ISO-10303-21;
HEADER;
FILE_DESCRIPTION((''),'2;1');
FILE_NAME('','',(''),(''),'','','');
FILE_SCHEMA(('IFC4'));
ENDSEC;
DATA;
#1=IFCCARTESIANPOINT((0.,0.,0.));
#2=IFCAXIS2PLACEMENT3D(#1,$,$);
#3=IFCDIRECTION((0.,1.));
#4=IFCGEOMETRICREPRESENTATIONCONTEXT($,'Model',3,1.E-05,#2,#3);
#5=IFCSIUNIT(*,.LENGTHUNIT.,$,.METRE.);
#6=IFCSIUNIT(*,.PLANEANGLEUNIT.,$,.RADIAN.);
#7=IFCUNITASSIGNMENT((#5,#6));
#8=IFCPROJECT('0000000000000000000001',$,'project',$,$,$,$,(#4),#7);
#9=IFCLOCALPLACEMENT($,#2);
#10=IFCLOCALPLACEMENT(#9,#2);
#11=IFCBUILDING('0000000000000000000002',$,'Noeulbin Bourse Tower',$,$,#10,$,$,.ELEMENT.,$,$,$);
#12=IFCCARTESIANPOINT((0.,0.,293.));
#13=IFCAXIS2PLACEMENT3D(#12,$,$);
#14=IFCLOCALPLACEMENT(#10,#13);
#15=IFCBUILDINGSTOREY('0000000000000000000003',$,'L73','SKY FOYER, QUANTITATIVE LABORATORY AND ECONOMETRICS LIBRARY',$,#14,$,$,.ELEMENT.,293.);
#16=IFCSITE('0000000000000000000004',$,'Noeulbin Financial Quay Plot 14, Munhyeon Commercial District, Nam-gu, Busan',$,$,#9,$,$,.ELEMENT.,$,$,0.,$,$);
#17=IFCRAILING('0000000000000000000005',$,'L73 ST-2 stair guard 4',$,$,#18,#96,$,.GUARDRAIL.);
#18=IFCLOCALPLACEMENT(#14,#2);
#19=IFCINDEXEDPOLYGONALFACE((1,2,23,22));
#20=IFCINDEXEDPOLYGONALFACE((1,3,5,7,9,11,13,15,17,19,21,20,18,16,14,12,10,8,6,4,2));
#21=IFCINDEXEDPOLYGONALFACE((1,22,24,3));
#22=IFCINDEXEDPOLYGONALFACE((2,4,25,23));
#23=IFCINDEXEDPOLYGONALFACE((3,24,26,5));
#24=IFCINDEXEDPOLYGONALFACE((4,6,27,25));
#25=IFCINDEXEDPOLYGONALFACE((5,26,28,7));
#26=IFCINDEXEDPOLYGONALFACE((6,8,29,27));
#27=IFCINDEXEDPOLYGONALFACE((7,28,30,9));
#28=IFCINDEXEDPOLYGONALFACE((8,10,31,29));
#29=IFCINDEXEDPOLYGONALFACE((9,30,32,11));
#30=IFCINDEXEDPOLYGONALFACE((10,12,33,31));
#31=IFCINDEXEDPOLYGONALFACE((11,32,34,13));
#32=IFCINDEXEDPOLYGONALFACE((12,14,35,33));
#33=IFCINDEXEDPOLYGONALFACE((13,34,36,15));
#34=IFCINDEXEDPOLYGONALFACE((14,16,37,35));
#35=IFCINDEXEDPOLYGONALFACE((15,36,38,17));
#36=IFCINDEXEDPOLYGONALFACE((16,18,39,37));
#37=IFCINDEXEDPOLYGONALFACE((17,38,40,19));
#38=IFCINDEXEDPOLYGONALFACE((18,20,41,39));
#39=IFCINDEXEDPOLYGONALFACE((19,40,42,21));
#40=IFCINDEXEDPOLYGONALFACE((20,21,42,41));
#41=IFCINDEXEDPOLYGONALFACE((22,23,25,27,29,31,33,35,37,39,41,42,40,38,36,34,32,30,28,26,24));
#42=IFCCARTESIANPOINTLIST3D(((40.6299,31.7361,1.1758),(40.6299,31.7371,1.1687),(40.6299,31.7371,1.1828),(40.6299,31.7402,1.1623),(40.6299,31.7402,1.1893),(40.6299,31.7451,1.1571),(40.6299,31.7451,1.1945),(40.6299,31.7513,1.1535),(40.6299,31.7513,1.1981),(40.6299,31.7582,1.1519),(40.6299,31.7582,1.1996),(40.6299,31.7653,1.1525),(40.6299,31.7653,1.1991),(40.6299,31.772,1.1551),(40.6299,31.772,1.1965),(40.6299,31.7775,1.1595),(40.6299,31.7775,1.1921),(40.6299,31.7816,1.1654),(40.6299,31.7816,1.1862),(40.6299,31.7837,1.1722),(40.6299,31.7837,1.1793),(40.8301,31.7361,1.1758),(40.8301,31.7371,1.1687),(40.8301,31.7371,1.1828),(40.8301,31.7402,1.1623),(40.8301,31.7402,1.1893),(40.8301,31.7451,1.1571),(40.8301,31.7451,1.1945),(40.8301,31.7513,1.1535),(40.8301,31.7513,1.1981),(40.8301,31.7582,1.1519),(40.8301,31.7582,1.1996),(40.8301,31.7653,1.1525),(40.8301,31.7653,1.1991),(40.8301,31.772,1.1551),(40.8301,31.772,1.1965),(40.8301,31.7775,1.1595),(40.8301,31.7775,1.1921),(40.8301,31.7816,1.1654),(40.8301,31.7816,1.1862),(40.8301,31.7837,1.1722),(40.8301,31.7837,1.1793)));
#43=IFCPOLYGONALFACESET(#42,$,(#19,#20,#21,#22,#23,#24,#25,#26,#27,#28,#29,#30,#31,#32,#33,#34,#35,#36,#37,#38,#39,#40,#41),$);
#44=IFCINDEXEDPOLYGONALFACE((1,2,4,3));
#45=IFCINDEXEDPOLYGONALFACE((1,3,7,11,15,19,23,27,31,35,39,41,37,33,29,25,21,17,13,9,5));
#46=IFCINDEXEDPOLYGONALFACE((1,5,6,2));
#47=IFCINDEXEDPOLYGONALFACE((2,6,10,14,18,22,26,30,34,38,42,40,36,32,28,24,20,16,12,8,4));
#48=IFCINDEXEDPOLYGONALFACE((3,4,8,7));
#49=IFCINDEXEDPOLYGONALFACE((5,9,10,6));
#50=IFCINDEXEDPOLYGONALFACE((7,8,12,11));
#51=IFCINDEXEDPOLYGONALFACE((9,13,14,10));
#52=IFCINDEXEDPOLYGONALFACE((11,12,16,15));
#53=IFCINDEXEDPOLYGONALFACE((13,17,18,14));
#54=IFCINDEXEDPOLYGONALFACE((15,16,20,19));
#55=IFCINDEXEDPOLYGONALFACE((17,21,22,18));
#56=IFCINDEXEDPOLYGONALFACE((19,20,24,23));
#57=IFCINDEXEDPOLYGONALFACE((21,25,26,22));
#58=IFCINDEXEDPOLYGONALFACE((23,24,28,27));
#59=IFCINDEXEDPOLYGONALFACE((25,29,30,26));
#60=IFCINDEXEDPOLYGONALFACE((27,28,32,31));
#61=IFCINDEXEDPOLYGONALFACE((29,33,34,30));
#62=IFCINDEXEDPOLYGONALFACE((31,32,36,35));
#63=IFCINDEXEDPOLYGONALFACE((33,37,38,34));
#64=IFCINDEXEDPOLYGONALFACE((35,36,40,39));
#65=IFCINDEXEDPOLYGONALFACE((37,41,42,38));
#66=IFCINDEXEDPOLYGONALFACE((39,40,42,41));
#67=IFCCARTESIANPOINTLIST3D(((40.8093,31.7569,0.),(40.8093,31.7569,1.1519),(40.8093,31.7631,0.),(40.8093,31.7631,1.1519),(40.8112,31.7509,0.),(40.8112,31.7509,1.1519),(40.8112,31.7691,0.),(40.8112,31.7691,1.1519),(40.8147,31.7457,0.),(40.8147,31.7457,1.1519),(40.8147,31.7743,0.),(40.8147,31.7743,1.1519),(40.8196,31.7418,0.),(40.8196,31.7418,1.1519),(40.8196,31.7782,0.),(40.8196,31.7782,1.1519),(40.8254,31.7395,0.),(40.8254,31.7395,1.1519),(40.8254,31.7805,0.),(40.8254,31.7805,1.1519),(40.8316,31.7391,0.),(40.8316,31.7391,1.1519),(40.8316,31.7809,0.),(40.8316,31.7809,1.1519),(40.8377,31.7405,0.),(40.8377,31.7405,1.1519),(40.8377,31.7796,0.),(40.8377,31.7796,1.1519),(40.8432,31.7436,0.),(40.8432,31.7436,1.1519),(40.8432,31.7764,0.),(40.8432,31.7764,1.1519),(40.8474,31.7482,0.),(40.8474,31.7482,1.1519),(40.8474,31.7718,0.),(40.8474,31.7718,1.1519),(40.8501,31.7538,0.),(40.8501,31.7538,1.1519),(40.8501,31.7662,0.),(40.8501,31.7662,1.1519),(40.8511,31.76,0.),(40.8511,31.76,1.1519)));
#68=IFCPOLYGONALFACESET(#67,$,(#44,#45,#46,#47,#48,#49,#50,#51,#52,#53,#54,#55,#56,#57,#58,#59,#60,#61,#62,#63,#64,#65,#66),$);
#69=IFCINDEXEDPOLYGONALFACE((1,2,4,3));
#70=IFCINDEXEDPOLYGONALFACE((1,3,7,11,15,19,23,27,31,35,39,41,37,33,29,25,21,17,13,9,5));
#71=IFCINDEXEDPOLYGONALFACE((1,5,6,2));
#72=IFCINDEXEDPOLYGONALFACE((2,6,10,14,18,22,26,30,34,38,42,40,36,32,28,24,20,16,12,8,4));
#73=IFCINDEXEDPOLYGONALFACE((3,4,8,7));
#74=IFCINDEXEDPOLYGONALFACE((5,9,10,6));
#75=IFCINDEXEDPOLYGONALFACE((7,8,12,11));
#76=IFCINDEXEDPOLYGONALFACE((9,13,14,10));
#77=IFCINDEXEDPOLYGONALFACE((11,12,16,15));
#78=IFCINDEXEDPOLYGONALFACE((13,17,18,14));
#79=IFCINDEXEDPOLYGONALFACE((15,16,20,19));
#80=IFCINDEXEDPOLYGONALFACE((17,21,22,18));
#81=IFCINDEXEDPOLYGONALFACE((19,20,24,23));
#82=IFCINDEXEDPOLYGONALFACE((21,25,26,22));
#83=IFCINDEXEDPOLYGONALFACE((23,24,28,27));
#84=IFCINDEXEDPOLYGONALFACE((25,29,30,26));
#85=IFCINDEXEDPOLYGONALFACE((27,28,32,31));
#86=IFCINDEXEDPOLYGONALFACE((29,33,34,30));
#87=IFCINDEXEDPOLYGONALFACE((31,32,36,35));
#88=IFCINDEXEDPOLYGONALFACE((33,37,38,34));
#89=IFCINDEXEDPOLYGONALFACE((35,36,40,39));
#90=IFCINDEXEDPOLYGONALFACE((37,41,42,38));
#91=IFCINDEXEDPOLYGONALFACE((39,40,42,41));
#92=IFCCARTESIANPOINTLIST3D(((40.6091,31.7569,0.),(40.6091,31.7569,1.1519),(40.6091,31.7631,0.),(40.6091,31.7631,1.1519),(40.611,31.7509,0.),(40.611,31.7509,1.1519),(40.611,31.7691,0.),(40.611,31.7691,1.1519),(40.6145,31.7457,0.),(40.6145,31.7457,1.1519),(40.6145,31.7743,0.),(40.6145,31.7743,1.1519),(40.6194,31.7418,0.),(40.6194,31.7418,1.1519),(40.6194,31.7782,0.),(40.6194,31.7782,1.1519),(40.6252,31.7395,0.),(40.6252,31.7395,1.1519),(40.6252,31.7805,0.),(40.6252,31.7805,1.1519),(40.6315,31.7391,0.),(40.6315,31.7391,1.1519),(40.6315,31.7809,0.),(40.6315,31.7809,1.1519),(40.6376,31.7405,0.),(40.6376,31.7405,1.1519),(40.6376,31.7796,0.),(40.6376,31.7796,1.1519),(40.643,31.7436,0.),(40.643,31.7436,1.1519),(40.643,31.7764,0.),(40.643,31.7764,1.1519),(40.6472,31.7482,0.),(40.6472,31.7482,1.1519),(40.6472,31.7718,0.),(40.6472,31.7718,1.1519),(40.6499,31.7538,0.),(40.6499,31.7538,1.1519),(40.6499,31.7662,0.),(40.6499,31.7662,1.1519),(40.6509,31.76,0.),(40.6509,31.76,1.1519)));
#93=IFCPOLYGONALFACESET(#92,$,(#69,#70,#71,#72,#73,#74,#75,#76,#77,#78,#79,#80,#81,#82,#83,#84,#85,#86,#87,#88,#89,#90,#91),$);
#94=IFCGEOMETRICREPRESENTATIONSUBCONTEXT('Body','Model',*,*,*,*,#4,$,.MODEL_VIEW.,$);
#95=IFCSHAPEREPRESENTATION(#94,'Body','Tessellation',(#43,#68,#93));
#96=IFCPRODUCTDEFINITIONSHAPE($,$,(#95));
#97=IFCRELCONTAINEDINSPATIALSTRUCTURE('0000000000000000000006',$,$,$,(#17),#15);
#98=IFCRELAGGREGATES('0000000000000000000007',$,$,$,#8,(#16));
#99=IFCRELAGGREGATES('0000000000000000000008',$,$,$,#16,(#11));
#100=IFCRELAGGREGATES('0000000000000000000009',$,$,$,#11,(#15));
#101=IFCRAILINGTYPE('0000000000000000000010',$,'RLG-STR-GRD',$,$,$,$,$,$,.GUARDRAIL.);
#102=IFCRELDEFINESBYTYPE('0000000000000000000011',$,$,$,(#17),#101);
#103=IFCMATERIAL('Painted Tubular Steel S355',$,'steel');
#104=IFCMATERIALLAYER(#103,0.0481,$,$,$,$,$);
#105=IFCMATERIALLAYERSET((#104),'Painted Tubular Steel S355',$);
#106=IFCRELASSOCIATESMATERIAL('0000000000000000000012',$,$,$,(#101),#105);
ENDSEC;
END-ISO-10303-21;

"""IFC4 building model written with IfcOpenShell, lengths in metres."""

from ifc_helpers import new_model, si_unit, direction, frame, origin, origin_2d, place, context, subcontext, project, spatial, circle, extrude, material, layer, layer_set, type_object, element, save


model = new_model("IFC4")

# Units and contexts
model_context = context("Model", 3, precision=1e-05, world=origin(), true_north=direction((0.0, 1.0)))
body_context = subcontext(model_context, "Body", "Model", "MODEL_VIEW")
ifc_project = project(units=[si_unit("LENGTHUNIT", "METRE"), si_unit("PLANEANGLEUNIT", "RADIAN")], contexts=[model_context])

# Site, building, storey
site_placement = place(None, origin())
site = spatial("IfcSite", under=ifc_project, at=site_placement, Name="Noeulbin Financial Quay Plot 14, Munhyeon Commercial District, Nam-gu, Busan", CompositionType="ELEMENT", RefElevation=0.0)
building_placement = place(site_placement, origin())
building = spatial("IfcBuilding", under=site, at=building_placement, Name="Noeulbin Bourse Tower", CompositionType="ELEMENT")
storey_placement = place(building_placement, frame((0.0, 0.0, 293.0)))
storey = spatial("IfcBuildingStorey", under=building, at=storey_placement, Name="L73", Description="SKY FOYER, QUANTITATIVE LABORATORY AND ECONOMETRICS LIBRARY", CompositionType="ELEMENT", Elevation=293.0)

# Railing
ifc_material_1 = material(Name="Painted Tubular Steel S355", Category="steel")
ifc_layer_1 = layer(ifc_material_1, 0.0481)
ifc_layer_set_1 = layer_set([ifc_layer_1], Name="Painted Tubular Steel S355")
railing_type_1 = type_object("IfcRailingType", Name="RLG-STR-GRD", PredefinedType="GUARDRAIL", material=ifc_layer_set_1)
railing_1_placement = place(storey_placement, frame((40.8301, 31.76, 0.0)))
element("IfcRailing", 1, at=railing_1_placement, inside=storey, type_object=railing_type_1, Name="L73 ST-2 stair guard 4", PredefinedType="GUARDRAIL", context=body_context, shape_type="SweptSolid", body=[
    extrude(circle(Radius=0.0239, at=origin_2d()), frame((0.0, 0.0, 1.1758), z_axis=(-1.0, 0.0, 0.0), x_axis=(0.0, -1.0, 0.0)), (0.0, 0.0, 1.0), 0.2002),
    extrude(circle(Radius=0.021, at=origin_2d()), origin(), (0.0, 0.0, 1.0), 1.1519),
    extrude(circle(Radius=0.021, at=origin_2d()), frame((-0.2002, 0.0, 0.0)), (0.0, 0.0, 1.0), 1.1519),
])

save(model, "model.ifc")
